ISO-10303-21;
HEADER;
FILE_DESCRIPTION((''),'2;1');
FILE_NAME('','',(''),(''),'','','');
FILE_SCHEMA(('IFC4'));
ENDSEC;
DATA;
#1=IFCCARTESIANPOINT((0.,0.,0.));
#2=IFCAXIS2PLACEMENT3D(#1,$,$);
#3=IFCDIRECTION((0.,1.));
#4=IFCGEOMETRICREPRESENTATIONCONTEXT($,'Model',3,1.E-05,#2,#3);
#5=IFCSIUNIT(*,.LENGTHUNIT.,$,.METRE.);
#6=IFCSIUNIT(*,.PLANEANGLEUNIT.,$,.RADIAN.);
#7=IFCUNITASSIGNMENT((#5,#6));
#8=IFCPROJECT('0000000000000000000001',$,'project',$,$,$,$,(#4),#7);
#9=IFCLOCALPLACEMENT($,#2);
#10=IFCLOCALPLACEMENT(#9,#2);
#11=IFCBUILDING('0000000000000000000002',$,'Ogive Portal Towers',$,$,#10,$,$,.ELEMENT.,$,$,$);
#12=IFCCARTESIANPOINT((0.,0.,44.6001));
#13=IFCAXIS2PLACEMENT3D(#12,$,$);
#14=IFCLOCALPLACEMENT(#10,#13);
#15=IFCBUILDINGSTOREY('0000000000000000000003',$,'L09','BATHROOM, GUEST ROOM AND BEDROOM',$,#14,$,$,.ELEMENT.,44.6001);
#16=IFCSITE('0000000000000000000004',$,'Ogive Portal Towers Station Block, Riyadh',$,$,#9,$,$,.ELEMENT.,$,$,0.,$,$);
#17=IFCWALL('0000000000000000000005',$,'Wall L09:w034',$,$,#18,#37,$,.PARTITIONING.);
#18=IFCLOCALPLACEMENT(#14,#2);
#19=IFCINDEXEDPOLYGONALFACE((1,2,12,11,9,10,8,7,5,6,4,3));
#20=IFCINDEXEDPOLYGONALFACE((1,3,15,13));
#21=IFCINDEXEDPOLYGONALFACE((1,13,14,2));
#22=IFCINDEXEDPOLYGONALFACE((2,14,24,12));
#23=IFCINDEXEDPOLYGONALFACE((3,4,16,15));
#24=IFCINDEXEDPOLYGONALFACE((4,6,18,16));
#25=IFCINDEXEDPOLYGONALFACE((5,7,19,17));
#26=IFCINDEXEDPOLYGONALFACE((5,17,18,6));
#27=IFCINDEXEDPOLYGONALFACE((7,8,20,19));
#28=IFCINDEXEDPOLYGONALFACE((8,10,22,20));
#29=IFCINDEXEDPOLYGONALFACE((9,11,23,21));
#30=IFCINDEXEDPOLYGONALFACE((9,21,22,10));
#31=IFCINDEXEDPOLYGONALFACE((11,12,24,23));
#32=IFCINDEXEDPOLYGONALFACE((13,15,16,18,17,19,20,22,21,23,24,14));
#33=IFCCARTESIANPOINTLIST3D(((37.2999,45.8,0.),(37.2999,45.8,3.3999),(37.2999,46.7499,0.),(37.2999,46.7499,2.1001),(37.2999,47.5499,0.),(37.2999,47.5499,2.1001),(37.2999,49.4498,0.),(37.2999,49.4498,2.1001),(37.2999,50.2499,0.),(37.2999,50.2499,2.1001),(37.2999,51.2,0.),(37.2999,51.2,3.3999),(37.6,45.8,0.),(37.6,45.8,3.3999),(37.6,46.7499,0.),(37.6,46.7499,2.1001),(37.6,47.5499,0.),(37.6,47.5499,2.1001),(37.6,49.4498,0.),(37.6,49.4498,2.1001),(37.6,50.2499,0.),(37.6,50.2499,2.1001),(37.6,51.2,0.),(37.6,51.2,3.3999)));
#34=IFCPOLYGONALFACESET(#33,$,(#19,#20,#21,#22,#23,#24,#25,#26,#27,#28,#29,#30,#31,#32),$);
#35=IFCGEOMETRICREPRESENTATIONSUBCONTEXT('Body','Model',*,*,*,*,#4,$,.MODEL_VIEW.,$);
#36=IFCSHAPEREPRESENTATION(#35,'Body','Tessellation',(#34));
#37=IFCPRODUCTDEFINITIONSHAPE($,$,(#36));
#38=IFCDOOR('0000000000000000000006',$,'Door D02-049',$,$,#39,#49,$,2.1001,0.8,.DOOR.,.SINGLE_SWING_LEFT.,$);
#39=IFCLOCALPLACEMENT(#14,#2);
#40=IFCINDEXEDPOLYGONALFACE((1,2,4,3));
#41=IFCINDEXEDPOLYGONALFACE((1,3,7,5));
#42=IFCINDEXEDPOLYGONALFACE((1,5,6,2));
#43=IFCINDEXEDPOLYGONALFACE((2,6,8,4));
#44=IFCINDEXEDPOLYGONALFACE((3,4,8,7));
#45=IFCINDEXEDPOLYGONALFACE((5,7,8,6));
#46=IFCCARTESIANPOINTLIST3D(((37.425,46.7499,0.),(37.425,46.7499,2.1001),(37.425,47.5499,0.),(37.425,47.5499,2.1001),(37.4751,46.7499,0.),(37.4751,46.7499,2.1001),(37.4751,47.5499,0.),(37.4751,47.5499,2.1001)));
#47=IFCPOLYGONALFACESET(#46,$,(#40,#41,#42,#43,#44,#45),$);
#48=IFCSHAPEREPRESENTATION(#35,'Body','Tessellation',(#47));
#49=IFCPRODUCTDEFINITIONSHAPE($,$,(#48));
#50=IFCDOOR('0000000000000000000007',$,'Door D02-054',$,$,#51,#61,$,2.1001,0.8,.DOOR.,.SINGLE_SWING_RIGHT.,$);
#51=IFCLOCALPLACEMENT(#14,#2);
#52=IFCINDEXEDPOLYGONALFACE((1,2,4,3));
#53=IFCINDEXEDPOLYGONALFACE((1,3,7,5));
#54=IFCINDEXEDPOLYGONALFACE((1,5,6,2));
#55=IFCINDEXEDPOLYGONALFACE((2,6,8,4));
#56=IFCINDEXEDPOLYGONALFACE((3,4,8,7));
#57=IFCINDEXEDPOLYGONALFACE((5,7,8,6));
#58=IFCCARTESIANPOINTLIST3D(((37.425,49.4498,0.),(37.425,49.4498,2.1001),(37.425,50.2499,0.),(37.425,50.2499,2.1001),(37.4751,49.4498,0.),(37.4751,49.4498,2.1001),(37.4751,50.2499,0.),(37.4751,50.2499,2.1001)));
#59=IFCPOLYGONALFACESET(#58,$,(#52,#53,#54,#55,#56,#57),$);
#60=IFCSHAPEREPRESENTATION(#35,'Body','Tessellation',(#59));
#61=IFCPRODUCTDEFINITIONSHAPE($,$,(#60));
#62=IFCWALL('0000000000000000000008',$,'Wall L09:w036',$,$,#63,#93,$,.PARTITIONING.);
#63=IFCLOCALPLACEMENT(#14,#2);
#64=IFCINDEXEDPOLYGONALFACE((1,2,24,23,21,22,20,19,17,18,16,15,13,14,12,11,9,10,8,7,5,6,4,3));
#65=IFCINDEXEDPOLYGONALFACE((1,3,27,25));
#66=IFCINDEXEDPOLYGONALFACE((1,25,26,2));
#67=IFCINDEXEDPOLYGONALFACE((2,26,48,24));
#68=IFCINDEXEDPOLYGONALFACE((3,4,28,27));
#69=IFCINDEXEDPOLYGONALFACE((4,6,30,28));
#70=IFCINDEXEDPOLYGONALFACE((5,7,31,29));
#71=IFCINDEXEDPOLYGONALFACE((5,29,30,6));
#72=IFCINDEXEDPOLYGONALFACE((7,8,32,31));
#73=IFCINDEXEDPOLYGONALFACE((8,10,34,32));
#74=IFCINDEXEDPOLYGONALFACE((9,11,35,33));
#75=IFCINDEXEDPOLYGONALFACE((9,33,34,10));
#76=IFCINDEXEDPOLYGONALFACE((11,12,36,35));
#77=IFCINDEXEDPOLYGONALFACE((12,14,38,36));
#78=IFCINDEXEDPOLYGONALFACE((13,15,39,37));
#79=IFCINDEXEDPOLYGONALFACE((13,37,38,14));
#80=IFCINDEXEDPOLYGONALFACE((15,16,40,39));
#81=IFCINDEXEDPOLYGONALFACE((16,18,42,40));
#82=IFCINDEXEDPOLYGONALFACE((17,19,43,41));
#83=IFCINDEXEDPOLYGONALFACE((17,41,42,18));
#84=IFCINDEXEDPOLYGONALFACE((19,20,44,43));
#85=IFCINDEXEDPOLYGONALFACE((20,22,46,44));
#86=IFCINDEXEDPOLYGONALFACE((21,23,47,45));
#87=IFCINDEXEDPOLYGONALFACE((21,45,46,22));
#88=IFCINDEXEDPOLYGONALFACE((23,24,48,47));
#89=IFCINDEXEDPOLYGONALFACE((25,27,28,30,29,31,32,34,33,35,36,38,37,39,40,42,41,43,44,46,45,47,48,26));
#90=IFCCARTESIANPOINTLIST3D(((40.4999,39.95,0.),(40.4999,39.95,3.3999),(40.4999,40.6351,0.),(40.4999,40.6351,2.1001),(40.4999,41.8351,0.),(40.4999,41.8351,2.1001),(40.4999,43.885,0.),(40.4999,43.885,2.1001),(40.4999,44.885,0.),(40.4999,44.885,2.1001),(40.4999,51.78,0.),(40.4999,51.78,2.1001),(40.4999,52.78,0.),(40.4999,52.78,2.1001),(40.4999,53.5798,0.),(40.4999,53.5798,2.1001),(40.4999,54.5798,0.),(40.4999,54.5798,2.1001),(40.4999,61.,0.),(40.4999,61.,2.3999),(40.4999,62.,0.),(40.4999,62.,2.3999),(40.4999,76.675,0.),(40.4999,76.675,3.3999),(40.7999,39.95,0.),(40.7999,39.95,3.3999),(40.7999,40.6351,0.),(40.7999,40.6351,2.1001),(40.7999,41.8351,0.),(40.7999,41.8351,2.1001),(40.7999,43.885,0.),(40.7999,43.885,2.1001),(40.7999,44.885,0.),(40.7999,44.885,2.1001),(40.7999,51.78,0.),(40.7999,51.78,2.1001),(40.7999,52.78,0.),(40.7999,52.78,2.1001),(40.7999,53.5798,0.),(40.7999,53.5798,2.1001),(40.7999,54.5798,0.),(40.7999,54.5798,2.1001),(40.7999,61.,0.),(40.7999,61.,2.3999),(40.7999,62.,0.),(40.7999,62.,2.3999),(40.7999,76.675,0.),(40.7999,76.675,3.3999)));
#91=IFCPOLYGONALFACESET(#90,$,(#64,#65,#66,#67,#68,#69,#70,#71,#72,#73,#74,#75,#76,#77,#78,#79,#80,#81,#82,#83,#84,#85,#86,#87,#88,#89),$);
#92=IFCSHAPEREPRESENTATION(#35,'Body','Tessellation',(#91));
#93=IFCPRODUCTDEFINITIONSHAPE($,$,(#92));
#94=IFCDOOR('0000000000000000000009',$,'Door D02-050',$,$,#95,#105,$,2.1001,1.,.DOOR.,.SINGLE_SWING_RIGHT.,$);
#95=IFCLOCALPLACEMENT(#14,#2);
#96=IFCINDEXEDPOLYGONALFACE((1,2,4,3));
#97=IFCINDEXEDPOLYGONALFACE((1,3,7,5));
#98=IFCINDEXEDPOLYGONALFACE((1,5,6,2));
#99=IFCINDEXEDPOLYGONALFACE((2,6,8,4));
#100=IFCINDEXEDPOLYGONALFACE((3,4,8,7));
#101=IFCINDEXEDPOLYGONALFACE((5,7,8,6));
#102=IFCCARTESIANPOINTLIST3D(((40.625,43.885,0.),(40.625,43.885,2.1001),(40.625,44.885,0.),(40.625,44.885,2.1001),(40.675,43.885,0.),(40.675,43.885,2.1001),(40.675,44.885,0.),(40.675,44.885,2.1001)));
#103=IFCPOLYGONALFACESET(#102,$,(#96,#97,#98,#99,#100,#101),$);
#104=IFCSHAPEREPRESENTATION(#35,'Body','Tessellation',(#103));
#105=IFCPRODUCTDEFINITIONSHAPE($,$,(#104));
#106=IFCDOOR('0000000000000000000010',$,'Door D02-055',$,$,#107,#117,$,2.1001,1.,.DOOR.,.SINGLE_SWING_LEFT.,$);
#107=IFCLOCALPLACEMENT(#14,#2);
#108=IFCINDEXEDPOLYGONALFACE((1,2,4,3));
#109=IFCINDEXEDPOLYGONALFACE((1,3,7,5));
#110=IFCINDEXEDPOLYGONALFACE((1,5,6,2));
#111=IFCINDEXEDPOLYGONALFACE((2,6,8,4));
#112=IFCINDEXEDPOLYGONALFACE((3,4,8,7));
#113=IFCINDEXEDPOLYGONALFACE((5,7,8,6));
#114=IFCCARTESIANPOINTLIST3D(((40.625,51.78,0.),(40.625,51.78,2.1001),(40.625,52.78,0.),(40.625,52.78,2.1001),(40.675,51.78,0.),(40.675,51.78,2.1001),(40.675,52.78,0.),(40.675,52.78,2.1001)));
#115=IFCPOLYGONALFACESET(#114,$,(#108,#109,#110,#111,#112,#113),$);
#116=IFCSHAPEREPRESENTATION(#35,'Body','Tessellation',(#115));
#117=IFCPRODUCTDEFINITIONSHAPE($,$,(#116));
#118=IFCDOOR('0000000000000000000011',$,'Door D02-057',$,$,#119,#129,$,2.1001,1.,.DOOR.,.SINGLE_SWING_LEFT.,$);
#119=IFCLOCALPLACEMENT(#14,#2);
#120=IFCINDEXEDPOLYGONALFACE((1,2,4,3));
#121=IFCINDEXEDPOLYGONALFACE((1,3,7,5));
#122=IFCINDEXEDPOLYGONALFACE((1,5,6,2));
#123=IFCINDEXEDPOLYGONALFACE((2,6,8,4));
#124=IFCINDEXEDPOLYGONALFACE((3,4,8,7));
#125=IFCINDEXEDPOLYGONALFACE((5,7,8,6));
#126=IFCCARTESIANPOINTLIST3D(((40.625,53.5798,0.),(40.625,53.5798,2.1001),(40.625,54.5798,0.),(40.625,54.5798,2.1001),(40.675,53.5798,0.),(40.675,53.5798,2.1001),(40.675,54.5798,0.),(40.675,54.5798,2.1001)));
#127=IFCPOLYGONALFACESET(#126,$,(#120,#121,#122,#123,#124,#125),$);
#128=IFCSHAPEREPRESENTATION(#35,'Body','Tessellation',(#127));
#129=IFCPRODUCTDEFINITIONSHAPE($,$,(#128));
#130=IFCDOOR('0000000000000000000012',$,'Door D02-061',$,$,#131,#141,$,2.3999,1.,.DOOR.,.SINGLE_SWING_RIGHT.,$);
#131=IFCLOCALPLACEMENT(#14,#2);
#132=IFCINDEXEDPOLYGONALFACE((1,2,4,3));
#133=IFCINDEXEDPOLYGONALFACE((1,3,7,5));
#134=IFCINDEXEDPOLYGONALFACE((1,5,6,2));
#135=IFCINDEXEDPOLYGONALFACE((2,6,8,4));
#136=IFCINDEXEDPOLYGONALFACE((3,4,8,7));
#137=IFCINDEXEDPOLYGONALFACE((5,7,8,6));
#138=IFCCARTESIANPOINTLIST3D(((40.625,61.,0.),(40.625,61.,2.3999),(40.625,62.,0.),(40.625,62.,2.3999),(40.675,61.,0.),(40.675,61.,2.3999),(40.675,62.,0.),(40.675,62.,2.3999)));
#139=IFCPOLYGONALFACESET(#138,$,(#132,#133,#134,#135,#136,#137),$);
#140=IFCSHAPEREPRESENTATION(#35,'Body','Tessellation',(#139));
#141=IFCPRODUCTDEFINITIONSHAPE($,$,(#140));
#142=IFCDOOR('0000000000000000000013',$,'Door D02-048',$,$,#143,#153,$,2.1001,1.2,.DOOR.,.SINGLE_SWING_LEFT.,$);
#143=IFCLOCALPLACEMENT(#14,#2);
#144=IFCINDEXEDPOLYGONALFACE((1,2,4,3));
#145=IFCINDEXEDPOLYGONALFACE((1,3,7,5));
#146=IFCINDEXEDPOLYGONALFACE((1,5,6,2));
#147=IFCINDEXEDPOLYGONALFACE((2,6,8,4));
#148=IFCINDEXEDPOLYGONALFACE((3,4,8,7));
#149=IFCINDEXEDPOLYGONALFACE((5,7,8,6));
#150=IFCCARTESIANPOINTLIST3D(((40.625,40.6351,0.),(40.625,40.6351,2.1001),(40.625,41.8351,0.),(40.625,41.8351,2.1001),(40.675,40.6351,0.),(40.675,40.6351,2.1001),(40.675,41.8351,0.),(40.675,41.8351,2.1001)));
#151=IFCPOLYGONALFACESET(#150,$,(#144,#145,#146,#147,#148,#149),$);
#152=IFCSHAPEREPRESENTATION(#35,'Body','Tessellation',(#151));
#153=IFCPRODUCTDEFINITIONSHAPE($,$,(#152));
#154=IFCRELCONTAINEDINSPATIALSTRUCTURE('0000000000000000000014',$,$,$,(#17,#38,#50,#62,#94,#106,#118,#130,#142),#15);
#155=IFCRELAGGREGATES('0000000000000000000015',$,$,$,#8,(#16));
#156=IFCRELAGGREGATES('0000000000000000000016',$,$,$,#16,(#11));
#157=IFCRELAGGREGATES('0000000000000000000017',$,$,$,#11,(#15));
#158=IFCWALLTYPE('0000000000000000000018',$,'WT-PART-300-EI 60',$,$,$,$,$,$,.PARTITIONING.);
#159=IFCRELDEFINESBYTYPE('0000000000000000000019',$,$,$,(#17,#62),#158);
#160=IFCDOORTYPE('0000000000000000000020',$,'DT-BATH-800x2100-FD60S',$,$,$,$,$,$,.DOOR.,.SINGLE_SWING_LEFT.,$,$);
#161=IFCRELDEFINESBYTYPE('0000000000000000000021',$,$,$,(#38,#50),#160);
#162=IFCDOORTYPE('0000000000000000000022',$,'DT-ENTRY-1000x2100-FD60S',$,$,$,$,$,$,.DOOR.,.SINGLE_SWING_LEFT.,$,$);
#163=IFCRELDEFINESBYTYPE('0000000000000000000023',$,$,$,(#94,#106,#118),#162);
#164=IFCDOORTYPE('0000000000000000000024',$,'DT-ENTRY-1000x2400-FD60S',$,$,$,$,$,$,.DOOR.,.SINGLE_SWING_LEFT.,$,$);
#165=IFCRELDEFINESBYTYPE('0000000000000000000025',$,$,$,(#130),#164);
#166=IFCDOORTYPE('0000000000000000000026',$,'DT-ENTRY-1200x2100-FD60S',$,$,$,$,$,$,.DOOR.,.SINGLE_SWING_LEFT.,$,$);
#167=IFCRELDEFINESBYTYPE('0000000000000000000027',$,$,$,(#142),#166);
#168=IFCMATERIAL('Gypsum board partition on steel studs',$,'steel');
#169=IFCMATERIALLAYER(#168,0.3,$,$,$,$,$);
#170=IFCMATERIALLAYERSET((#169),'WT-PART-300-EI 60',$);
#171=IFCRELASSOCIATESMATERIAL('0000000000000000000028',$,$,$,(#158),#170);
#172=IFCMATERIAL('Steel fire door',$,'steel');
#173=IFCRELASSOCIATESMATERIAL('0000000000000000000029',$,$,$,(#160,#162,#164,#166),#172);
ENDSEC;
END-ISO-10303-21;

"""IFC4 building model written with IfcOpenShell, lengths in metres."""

from ifc_helpers import new_model, si_unit, direction, frame, frame_2d, origin, place, context, subcontext, project, spatial, rectangle, extrude, material, layer, layer_set, type_object, element, fill, save


model = new_model("IFC4")

# Units and contexts
model_context = context("Model", 3, precision=1e-05, world=origin(), true_north=direction((0.0, 1.0)))
body_context = subcontext(model_context, "Body", "Model", "MODEL_VIEW")
ifc_project = project(units=[si_unit("LENGTHUNIT", "METRE"), si_unit("PLANEANGLEUNIT", "RADIAN")], contexts=[model_context])

# Site, building, storey
site_placement = place(None, origin())
site = spatial("IfcSite", under=ifc_project, at=site_placement, Name="Ogive Portal Towers Station Block, Riyadh", CompositionType="ELEMENT", RefElevation=0.0)
building_placement = place(site_placement, origin())
building = spatial("IfcBuilding", under=site, at=building_placement, Name="Ogive Portal Towers", CompositionType="ELEMENT")
storey_placement = place(building_placement, frame((0.0, 0.0, 44.6001)))
storey = spatial("IfcBuildingStorey", under=building, at=storey_placement, Name="L09", Description="BATHROOM, GUEST ROOM AND BEDROOM", CompositionType="ELEMENT", Elevation=44.6001)

# Shared definitions
ifc_material_1 = material(Name="Steel fire door", Category="steel")

# Shared definitions
ifc_material_2 = material(Name="Gypsum board partition on steel studs", Category="steel")
ifc_layer_1 = layer(ifc_material_2, 0.3)
ifc_layer_set_1 = layer_set([ifc_layer_1], Name="WT-PART-300-EI 60")
wall_type_1 = type_object("IfcWallType", Name="WT-PART-300-EI 60", PredefinedType="PARTITIONING", material=ifc_layer_set_1)

# Walls, openings, doors
wall_1_placement = place(storey_placement, frame((37.45, 45.8, 0.0), z_axis=(0.0, 0.0, 1.0), x_axis=(0.0, 1.0, 0.0)))
wall_1 = element("IfcWall", 1, at=wall_1_placement, inside=storey, type_object=wall_type_1, Name="Wall L09:w034", PredefinedType="PARTITIONING", context=body_context, shape_type="SweptSolid", body=[
    extrude(rectangle(XDim=5.3999, YDim=0.3, at=frame_2d((2.7, 0.0))), origin(), (0.0, 0.0, 1.0), 3.3999),
])
opening_1_placement = place(wall_1_placement, frame((0.95, 0.0, 0.0)))
opening_1 = element("IfcOpeningElement", 2, at=opening_1_placement, cuts=wall_1, PredefinedType="OPENING", context=body_context, shape_type="SweptSolid", body=[
    extrude(rectangle(XDim=0.8, YDim=2.1001, at=frame_2d((0.3999, 1.05))), frame((0.0, 0.1602, 0.0), z_axis=(0.0, -1.0, 0.0), x_axis=(1.0, 0.0, 0.0)), (0.0, 0.0, 1.0), 0.3201),
])
opening_2_placement = place(wall_1_placement, frame((3.6499, 0.0, 0.0)))
opening_2 = element("IfcOpeningElement", 3, at=opening_2_placement, cuts=wall_1, PredefinedType="OPENING", context=body_context, shape_type="SweptSolid", body=[
    extrude(rectangle(XDim=0.8, YDim=2.1001, at=frame_2d((0.3999, 1.05))), frame((0.0, 0.1602, 0.0), z_axis=(0.0, -1.0, 0.0), x_axis=(1.0, 0.0, 0.0)), (0.0, 0.0, 1.0), 0.3201),
])
door_type_1 = type_object("IfcDoorType", Name="DT-BATH-800x2100-FD60S", OperationType="SINGLE_SWING_LEFT", PredefinedType="DOOR", material=ifc_material_1)
door_1_placement = place(opening_1_placement, origin())
door_1 = element("IfcDoor", 4, at=door_1_placement, inside=storey, type_object=door_type_1, Name="Door D02-049", OperationType="SINGLE_SWING_LEFT", OverallHeight=2.1001, OverallWidth=0.8, PredefinedType="DOOR", context=body_context, shape_type="SweptSolid", body=[
    extrude(rectangle(XDim=0.8, YDim=2.1001, at=frame_2d((0.3999, 1.05))), frame((0.0, 0.0249, 0.0), z_axis=(0.0, -1.0, 0.0), x_axis=(1.0, 0.0, 0.0)), (0.0, 0.0, 1.0), 0.05),
])
fill(opening_1, door_1)
door_2_placement = place(opening_2_placement, origin())
door_2 = element("IfcDoor", 5, at=door_2_placement, inside=storey, type_object=door_type_1, Name="Door D02-054", OperationType="SINGLE_SWING_RIGHT", OverallHeight=2.1001, OverallWidth=0.8, PredefinedType="DOOR", context=body_context, shape_type="SweptSolid", body=[
    extrude(rectangle(XDim=0.8, YDim=2.1001, at=frame_2d((0.3999, 1.05))), frame((0.0, 0.0249, 0.0), z_axis=(0.0, -1.0, 0.0), x_axis=(1.0, 0.0, 0.0)), (0.0, 0.0, 1.0), 0.05),
])
fill(opening_2, door_2)
wall_2_placement = place(storey_placement, frame((40.6499, 39.95, 0.0), z_axis=(0.0, 0.0, 1.0), x_axis=(0.0, 1.0, 0.0)))
wall_2 = element("IfcWall", 6, at=wall_2_placement, inside=storey, type_object=wall_type_1, Name="Wall L09:w036", PredefinedType="PARTITIONING", context=body_context, shape_type="SweptSolid", body=[
    extrude(rectangle(XDim=36.7251, YDim=0.3, at=frame_2d((18.3625, 0.0))), origin(), (0.0, 0.0, 1.0), 3.3999),
])
opening_3_placement = place(wall_2_placement, frame((0.6851, 0.0, 0.0)))
opening_3 = element("IfcOpeningElement", 7, at=opening_3_placement, cuts=wall_2, PredefinedType="OPENING", context=body_context, shape_type="SweptSolid", body=[
    extrude(rectangle(XDim=1.2, YDim=2.1001, at=frame_2d((0.6001, 1.05))), frame((0.0, 0.1602, 0.0), z_axis=(0.0, -1.0, 0.0), x_axis=(1.0, 0.0, 0.0)), (0.0, 0.0, 1.0), 0.3201),
])
opening_4_placement = place(wall_2_placement, frame((3.9351, 0.0, 0.0)))
opening_4 = element("IfcOpeningElement", 8, at=opening_4_placement, cuts=wall_2, PredefinedType="OPENING", context=body_context, shape_type="SweptSolid", body=[
    extrude(rectangle(XDim=1.0, YDim=2.1001, at=frame_2d((0.5, 1.05))), frame((0.0, 0.1602, 0.0), z_axis=(0.0, -1.0, 0.0), x_axis=(1.0, 0.0, 0.0)), (0.0, 0.0, 1.0), 0.3201),
])
opening_5_placement = place(wall_2_placement, frame((11.8301, 0.0, 0.0)))
opening_5 = element("IfcOpeningElement", 9, at=opening_5_placement, cuts=wall_2, PredefinedType="OPENING", context=body_context, shape_type="SweptSolid", body=[
    extrude(rectangle(XDim=1.0, YDim=2.1001, at=frame_2d((0.5, 1.05))), frame((0.0, 0.1602, 0.0), z_axis=(0.0, -1.0, 0.0), x_axis=(1.0, 0.0, 0.0)), (0.0, 0.0, 1.0), 0.3201),
])
opening_6_placement = place(wall_2_placement, frame((13.6299, 0.0, 0.0)))
opening_6 = element("IfcOpeningElement", 10, at=opening_6_placement, cuts=wall_2, PredefinedType="OPENING", context=body_context, shape_type="SweptSolid", body=[
    extrude(rectangle(XDim=1.0, YDim=2.1001, at=frame_2d((0.5, 1.05))), frame((0.0, 0.1602, 0.0), z_axis=(0.0, -1.0, 0.0), x_axis=(1.0, 0.0, 0.0)), (0.0, 0.0, 1.0), 0.3201),
])
opening_7_placement = place(wall_2_placement, frame((21.05, 0.0, 0.0)))
opening_7 = element("IfcOpeningElement", 11, at=opening_7_placement, cuts=wall_2, PredefinedType="OPENING", context=body_context, shape_type="SweptSolid", body=[
    extrude(rectangle(XDim=1.0, YDim=2.3999, at=frame_2d((0.5, 1.2))), frame((0.0, 0.1602, 0.0), z_axis=(0.0, -1.0, 0.0), x_axis=(1.0, 0.0, 0.0)), (0.0, 0.0, 1.0), 0.3201),
])
door_type_2 = type_object("IfcDoorType", Name="DT-ENTRY-1000x2100-FD60S", OperationType="SINGLE_SWING_LEFT", PredefinedType="DOOR", material=ifc_material_1)
door_3_placement = place(opening_4_placement, origin())
door_3 = element("IfcDoor", 12, at=door_3_placement, inside=storey, type_object=door_type_2, Name="Door D02-050", OperationType="SINGLE_SWING_RIGHT", OverallHeight=2.1001, OverallWidth=1.0, PredefinedType="DOOR", context=body_context, shape_type="SweptSolid", body=[
    extrude(rectangle(XDim=1.0, YDim=2.1001, at=frame_2d((0.5, 1.05))), frame((0.0, 0.0249, 0.0), z_axis=(0.0, -1.0, 0.0), x_axis=(1.0, 0.0, 0.0)), (0.0, 0.0, 1.0), 0.05),
])
fill(opening_4, door_3)
door_4_placement = place(opening_5_placement, origin())
door_4 = element("IfcDoor", 13, at=door_4_placement, inside=storey, type_object=door_type_2, Name="Door D02-055", OperationType="SINGLE_SWING_LEFT", OverallHeight=2.1001, OverallWidth=1.0, PredefinedType="DOOR", context=body_context, shape_type="SweptSolid", body=[
    extrude(rectangle(XDim=1.0, YDim=2.1001, at=frame_2d((0.5, 1.05))), frame((0.0, 0.0249, 0.0), z_axis=(0.0, -1.0, 0.0), x_axis=(1.0, 0.0, 0.0)), (0.0, 0.0, 1.0), 0.05),
])
fill(opening_5, door_4)
door_5_placement = place(opening_6_placement, origin())
door_5 = element("IfcDoor", 14, at=door_5_placement, inside=storey, type_object=door_type_2, Name="Door D02-057", OperationType="SINGLE_SWING_LEFT", OverallHeight=2.1001, OverallWidth=1.0, PredefinedType="DOOR", context=body_context, shape_type="SweptSolid", body=[
    extrude(rectangle(XDim=1.0, YDim=2.1001, at=frame_2d((0.5, 1.05))), frame((0.0, 0.0249, 0.0), z_axis=(0.0, -1.0, 0.0), x_axis=(1.0, 0.0, 0.0)), (0.0, 0.0, 1.0), 0.05),
])
fill(opening_6, door_5)
door_type_3 = type_object("IfcDoorType", Name="DT-ENTRY-1000x2400-FD60S", OperationType="SINGLE_SWING_LEFT", PredefinedType="DOOR", material=ifc_material_1)
door_6_placement = place(opening_7_placement, origin())
door_6 = element("IfcDoor", 15, at=door_6_placement, inside=storey, type_object=door_type_3, Name="Door D02-061", OperationType="SINGLE_SWING_RIGHT", OverallHeight=2.3999, OverallWidth=1.0, PredefinedType="DOOR", context=body_context, shape_type="SweptSolid", body=[
    extrude(rectangle(XDim=1.0, YDim=2.3999, at=frame_2d((0.5, 1.2))), frame((0.0, 0.0249, 0.0), z_axis=(0.0, -1.0, 0.0), x_axis=(1.0, 0.0, 0.0)), (0.0, 0.0, 1.0), 0.05),
])
fill(opening_7, door_6)
door_type_4 = type_object("IfcDoorType", Name="DT-ENTRY-1200x2100-FD60S", OperationType="SINGLE_SWING_LEFT", PredefinedType="DOOR", material=ifc_material_1)
door_7_placement = place(opening_3_placement, origin())
door_7 = element("IfcDoor", 16, at=door_7_placement, inside=storey, type_object=door_type_4, Name="Door D02-048", OperationType="SINGLE_SWING_LEFT", OverallHeight=2.1001, OverallWidth=1.2, PredefinedType="DOOR", context=body_context, shape_type="SweptSolid", body=[
    extrude(rectangle(XDim=1.2, YDim=2.1001, at=frame_2d((0.6001, 1.05))), frame((0.0, 0.0249, 0.0), z_axis=(0.0, -1.0, 0.0), x_axis=(1.0, 0.0, 0.0)), (0.0, 0.0, 1.0), 0.05),
])
fill(opening_3, door_7)

save(model, "model.ifc")
